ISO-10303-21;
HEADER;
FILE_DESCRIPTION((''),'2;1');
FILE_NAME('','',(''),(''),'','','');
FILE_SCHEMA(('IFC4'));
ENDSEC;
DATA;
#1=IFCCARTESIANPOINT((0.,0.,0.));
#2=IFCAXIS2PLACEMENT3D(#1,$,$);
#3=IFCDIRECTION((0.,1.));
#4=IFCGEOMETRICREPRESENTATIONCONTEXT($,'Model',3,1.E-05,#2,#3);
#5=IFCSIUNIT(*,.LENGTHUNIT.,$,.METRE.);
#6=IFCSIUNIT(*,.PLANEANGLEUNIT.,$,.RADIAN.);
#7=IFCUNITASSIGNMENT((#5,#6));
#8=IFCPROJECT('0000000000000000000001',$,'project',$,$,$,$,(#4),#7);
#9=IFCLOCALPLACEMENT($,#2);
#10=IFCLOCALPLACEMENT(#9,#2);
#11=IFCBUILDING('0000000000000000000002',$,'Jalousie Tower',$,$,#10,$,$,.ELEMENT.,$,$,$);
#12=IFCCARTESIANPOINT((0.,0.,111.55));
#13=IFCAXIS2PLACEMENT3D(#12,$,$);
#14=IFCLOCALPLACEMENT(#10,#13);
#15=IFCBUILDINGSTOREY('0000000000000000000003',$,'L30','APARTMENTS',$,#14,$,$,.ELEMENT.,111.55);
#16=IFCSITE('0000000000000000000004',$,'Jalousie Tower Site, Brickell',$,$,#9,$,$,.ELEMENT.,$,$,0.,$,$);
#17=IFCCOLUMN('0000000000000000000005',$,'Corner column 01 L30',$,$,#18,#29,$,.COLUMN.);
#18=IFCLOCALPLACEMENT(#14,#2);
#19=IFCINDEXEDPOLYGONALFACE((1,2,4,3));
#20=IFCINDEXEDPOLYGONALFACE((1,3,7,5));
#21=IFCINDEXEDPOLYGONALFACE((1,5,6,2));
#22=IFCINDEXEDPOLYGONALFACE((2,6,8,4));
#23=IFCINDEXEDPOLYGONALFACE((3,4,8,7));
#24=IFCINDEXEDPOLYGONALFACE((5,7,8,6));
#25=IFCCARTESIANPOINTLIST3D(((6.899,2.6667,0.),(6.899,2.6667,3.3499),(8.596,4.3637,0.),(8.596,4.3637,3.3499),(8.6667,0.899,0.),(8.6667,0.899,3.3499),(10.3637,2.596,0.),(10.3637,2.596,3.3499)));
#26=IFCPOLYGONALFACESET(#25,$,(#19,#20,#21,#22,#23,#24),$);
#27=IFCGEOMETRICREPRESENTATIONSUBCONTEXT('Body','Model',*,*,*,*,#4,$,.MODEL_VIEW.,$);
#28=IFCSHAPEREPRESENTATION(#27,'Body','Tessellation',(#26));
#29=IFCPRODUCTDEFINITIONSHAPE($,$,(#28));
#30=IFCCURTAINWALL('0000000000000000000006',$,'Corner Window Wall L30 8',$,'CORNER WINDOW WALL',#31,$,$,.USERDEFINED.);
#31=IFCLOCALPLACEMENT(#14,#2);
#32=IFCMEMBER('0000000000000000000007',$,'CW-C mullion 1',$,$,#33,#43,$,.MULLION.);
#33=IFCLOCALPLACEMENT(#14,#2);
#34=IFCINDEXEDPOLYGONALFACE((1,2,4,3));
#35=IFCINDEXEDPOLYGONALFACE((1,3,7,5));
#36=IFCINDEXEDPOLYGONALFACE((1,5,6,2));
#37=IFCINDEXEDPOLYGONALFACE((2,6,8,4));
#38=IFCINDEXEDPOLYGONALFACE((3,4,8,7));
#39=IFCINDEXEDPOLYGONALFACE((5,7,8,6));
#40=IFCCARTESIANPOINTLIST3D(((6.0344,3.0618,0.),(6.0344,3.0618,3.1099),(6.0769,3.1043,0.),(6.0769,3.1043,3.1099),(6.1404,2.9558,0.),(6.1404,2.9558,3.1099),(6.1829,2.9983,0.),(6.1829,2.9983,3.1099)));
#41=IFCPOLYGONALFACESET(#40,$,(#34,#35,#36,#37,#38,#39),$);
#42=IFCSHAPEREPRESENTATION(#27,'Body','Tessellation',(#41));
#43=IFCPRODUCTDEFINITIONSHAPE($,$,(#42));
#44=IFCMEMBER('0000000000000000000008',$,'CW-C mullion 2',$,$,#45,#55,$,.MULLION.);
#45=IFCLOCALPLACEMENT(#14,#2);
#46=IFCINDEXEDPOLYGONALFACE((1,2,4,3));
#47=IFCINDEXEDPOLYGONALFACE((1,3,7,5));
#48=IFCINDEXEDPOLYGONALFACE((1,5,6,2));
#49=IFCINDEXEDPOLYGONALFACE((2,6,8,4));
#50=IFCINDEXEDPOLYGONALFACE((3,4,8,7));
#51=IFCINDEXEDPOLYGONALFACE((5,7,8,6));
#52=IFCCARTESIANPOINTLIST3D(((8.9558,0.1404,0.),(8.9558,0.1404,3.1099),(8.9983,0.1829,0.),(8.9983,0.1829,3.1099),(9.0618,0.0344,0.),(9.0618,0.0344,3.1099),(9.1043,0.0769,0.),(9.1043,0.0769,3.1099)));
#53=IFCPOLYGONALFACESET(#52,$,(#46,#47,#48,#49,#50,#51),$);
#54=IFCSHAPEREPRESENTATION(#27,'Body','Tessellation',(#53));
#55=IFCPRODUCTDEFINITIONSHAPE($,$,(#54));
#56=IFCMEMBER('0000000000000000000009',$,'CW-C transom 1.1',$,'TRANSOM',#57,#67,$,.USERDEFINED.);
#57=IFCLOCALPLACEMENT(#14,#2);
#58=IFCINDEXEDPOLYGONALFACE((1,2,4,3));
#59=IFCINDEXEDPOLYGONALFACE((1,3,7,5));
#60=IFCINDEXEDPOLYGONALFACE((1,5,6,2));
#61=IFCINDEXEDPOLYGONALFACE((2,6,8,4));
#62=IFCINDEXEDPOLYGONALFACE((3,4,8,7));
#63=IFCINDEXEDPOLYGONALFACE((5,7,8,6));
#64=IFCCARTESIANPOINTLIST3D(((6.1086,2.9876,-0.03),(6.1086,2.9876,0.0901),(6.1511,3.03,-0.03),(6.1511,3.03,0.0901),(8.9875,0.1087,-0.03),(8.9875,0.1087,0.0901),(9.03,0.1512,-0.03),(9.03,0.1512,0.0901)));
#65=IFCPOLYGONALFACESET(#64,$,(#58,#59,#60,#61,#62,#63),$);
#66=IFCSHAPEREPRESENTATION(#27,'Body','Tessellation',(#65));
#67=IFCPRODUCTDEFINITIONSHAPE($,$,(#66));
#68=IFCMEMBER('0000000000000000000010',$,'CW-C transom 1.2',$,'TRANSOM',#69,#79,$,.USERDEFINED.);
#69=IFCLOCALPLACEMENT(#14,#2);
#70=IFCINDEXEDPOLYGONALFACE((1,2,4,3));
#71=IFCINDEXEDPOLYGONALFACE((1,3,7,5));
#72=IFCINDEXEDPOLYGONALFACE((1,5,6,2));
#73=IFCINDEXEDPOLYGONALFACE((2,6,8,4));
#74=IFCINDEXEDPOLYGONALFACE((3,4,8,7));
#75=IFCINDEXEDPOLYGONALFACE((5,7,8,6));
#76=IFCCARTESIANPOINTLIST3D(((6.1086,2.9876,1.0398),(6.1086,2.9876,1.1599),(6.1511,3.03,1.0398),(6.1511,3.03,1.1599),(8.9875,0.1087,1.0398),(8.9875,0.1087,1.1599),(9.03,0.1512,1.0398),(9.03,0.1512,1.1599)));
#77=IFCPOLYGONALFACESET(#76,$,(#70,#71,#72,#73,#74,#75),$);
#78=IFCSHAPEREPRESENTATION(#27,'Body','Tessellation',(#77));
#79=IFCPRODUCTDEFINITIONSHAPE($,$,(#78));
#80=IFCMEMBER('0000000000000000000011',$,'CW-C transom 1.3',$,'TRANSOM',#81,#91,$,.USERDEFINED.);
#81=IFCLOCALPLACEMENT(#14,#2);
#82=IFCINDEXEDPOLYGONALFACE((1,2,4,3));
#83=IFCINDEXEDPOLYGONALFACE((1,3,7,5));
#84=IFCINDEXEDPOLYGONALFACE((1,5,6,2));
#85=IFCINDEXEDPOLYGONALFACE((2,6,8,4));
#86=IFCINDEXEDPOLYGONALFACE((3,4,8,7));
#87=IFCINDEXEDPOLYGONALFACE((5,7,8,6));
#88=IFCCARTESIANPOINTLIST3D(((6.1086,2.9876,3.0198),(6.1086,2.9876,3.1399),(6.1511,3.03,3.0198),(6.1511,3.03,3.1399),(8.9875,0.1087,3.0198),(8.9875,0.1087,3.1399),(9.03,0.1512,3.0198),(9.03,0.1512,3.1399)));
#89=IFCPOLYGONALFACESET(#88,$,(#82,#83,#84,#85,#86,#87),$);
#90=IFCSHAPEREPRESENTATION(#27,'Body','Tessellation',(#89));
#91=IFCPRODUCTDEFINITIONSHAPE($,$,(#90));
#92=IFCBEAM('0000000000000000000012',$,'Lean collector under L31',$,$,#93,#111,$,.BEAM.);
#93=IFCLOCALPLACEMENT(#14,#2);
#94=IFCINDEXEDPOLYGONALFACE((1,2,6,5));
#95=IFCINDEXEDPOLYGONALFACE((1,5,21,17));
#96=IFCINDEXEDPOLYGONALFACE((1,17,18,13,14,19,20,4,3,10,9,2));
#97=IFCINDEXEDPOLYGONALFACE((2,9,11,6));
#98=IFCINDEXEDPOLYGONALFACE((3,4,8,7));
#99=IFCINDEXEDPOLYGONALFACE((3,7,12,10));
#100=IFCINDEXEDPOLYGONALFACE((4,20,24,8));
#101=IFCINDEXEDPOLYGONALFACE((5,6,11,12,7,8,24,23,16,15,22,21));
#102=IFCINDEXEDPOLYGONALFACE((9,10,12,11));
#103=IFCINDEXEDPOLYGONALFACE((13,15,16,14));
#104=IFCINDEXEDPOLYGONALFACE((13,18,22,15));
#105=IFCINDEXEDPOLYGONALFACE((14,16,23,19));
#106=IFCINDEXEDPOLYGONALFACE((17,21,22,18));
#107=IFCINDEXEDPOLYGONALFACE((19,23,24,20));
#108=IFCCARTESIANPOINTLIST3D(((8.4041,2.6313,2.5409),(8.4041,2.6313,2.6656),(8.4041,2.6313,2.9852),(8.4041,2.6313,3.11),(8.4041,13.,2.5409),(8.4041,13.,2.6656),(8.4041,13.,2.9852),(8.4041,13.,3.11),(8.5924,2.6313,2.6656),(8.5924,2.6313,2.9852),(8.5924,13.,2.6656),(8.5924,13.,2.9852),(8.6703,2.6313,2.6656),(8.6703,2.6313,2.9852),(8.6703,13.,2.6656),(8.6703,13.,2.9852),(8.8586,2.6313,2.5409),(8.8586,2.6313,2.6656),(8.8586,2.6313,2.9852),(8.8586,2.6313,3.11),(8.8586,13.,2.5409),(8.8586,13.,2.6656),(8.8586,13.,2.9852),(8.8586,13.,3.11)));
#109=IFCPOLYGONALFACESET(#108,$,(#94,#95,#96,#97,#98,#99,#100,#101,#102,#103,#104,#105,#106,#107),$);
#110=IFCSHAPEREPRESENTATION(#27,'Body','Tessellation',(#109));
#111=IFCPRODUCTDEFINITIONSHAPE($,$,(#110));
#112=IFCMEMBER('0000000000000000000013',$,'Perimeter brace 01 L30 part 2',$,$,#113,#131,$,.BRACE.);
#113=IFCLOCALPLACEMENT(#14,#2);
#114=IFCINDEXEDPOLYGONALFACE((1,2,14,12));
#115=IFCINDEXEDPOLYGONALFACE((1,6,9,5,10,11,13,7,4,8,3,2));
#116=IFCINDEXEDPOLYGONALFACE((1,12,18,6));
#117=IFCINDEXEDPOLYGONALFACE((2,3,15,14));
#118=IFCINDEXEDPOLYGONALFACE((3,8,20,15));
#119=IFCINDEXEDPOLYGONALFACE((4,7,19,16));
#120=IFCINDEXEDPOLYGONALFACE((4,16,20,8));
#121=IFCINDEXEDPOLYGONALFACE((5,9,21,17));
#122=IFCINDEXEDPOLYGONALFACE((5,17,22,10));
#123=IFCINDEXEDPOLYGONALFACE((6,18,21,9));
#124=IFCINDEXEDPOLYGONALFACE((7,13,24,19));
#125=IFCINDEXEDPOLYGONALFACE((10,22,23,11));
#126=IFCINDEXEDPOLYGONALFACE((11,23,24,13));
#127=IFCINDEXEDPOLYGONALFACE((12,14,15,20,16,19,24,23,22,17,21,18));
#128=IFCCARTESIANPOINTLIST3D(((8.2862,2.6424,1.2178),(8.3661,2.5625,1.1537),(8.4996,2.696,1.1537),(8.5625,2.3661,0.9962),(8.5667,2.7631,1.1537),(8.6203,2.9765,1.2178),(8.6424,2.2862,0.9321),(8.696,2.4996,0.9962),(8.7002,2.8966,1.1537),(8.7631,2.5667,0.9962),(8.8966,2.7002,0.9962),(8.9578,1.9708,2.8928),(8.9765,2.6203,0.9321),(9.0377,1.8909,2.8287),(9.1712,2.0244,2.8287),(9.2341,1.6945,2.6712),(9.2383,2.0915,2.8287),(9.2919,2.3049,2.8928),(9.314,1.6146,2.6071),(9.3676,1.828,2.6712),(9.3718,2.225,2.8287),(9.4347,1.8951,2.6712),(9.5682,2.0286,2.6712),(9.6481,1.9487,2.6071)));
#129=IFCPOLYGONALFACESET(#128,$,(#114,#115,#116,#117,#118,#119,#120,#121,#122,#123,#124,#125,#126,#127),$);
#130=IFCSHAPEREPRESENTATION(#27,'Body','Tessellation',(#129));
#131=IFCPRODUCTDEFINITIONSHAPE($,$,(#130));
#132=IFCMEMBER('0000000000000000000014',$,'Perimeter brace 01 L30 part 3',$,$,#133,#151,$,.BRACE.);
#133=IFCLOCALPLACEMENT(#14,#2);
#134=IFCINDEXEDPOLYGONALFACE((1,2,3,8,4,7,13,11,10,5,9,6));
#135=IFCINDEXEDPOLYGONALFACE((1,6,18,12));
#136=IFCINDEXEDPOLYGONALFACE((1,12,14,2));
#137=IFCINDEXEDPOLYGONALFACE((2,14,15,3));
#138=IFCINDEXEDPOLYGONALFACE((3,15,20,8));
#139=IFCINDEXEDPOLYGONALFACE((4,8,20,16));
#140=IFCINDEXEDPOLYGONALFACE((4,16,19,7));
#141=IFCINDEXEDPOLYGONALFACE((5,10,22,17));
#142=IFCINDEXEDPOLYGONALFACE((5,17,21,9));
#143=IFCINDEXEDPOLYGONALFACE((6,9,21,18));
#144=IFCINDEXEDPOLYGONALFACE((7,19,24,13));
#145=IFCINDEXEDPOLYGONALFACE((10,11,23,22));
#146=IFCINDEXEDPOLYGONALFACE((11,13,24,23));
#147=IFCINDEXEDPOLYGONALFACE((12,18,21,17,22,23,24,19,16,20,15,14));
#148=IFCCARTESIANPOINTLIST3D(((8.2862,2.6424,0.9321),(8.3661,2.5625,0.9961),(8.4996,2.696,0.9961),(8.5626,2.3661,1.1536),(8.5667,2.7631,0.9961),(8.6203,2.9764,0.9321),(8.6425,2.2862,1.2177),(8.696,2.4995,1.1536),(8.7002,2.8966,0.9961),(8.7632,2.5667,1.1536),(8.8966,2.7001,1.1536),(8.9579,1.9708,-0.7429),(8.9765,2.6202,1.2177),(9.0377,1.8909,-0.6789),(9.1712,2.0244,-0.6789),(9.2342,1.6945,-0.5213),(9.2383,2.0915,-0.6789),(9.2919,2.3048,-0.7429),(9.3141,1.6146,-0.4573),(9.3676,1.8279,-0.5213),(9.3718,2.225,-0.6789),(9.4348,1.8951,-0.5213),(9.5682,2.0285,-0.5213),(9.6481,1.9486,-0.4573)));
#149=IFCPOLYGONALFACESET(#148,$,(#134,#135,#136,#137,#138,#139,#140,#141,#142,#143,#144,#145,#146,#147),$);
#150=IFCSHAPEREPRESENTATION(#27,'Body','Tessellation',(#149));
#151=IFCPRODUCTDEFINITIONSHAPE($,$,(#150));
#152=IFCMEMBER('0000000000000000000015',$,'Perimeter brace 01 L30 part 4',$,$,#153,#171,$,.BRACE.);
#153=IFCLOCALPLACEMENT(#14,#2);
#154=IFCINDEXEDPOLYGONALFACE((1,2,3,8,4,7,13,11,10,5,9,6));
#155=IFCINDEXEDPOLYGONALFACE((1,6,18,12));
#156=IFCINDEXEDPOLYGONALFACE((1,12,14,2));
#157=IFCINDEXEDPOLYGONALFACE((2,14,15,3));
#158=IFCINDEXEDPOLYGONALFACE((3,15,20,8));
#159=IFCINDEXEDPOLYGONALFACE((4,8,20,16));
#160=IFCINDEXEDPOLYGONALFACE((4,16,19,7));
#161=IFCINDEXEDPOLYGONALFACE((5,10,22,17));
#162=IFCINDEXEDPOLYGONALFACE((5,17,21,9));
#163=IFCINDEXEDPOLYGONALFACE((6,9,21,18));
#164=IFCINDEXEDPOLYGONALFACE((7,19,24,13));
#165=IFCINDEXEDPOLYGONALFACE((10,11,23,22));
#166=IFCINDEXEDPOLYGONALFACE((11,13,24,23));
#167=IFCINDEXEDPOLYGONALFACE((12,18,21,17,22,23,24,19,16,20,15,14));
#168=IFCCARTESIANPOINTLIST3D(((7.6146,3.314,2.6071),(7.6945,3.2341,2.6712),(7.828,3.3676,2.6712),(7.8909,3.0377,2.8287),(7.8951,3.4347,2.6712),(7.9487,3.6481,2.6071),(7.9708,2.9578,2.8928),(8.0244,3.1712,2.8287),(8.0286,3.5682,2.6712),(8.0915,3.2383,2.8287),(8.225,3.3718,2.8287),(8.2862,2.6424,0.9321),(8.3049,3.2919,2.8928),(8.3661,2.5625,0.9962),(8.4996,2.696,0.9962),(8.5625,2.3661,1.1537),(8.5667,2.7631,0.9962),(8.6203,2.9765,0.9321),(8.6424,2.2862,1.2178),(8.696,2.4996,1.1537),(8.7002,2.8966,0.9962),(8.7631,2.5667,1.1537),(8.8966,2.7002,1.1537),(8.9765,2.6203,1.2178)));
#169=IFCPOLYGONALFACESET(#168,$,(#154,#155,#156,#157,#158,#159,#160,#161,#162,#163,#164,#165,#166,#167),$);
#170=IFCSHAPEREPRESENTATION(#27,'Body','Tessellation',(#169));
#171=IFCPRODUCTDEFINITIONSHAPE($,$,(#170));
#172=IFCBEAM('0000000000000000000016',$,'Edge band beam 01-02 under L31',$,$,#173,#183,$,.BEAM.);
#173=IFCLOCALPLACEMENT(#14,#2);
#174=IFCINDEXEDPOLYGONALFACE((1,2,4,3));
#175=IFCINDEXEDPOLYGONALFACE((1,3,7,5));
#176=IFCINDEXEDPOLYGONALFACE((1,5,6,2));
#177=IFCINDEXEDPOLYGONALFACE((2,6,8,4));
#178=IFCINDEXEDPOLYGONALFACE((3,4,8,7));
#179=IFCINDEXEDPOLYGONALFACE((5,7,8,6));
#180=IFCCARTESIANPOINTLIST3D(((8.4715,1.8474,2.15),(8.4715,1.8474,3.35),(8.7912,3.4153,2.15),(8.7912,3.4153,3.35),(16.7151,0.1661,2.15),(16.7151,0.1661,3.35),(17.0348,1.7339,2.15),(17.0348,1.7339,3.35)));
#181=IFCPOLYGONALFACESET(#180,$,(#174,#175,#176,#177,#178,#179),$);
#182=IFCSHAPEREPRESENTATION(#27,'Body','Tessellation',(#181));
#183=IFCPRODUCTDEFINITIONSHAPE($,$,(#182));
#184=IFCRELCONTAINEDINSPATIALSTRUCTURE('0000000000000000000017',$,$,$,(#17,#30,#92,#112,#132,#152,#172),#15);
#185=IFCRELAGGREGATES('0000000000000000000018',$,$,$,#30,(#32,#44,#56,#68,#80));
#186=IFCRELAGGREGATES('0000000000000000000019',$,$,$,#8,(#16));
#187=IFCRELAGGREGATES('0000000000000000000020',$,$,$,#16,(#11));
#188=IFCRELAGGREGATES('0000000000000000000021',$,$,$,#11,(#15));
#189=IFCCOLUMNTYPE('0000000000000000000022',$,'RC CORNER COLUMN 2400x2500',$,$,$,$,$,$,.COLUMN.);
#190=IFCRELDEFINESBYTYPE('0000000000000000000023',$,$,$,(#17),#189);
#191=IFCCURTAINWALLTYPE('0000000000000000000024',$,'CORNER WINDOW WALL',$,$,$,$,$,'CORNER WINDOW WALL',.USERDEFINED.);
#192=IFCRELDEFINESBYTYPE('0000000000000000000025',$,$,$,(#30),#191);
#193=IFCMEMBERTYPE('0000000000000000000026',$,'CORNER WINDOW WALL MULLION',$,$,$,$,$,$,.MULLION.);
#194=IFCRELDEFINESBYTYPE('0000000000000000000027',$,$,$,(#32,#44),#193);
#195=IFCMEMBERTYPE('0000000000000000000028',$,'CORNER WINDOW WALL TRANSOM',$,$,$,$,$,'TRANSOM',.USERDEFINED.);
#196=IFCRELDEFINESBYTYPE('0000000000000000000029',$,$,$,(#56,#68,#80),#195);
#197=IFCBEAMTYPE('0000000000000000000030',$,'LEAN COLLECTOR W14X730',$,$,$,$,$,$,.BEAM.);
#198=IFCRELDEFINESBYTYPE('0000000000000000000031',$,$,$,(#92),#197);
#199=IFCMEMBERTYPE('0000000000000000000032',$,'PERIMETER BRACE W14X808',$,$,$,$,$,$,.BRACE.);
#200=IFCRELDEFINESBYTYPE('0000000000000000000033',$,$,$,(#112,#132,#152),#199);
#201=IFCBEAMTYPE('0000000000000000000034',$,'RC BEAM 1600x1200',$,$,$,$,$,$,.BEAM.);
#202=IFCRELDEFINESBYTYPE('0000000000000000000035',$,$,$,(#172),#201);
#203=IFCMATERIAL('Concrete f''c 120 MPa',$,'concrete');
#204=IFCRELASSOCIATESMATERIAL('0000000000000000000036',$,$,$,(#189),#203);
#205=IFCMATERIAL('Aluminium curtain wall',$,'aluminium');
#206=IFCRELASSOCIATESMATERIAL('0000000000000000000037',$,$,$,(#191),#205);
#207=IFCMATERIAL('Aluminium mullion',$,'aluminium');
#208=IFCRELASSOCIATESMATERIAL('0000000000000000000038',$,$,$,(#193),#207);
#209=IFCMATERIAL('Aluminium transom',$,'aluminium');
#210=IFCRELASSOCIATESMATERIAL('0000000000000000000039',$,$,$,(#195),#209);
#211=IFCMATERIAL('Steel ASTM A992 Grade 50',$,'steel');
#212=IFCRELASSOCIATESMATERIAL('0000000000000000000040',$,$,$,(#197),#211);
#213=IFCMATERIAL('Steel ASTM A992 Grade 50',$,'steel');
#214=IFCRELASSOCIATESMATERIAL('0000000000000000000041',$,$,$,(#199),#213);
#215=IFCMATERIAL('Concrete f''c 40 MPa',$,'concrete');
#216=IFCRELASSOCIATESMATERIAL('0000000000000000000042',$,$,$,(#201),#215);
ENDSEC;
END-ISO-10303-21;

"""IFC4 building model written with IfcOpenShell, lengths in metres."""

from ifc_helpers import new_model, si_unit, direction, frame, origin, origin_2d, place, context, subcontext, project, spatial, rectangle, i_section, extrude, material, material_profile, profile_set, type_object, element, aggregate, save


model = new_model("IFC4")

# Units and contexts
model_context = context("Model", 3, precision=1e-05, world=origin(), true_north=direction((0.0, 1.0)))
body_context = subcontext(model_context, "Body", "Model", "MODEL_VIEW")
ifc_project = project(units=[si_unit("LENGTHUNIT", "METRE"), si_unit("PLANEANGLEUNIT", "RADIAN")], contexts=[model_context])

# Site, building, storey
site_placement = place(None, origin())
site = spatial("IfcSite", under=ifc_project, at=site_placement, Name="Jalousie Tower Site, Brickell", CompositionType="ELEMENT", RefElevation=0.0)
building_placement = place(site_placement, origin())
building = spatial("IfcBuilding", under=site, at=building_placement, Name="Jalousie Tower", CompositionType="ELEMENT")
storey_placement = place(building_placement, frame((0.0, 0.0, 111.55)))
storey = spatial("IfcBuildingStorey", under=building, at=storey_placement, Name="L30", Description="APARTMENTS", CompositionType="ELEMENT", Elevation=111.55)

# Column
ifc_material_1 = material(Name="Concrete f'c 120 MPa", Category="concrete")
ifc_material_profile_1 = material_profile(ifc_material_1, rectangle(XDim=2.3999, YDim=2.5, at=origin_2d()), Name="RC 2400x2500")
ifc_profile_set_1 = profile_set([ifc_material_profile_1], Name="Concrete f'c 120 MPa")
column_type = type_object("IfcColumnType", Name="RC CORNER COLUMN 2400x2500", PredefinedType="COLUMN", material=ifc_profile_set_1)
column_placement = place(storey_placement, frame((8.6313, 2.6313, 0.0), z_axis=(0.0, 0.0, 1.0), x_axis=(0.707107, 0.707107, 0.0)))
element("IfcColumn", 1, at=column_placement, inside=storey, type_object=column_type, Name="Corner column 01 L30", PredefinedType="COLUMN", context=body_context, shape_type="SweptSolid", body=[
    extrude(rectangle(XDim=2.3999, YDim=2.5, at=origin_2d()), origin(), (0.0, 0.0, 1.0), 3.3499),
])

# Curtain wall, members
ifc_material_2 = material(Name="Aluminium curtain wall", Category="aluminium")
curtain_wall_type_1 = type_object("IfcCurtainWallType", Name="CORNER WINDOW WALL", ElementType="CORNER WINDOW WALL", PredefinedType="USERDEFINED", material=ifc_material_2)
curtain_wall_1_placement = place(storey_placement, origin())
curtain_wall_1 = element("IfcCurtainWall", 2, at=curtain_wall_1_placement, inside=storey, type_object=curtain_wall_type_1, Name="Corner Window Wall L30 8", ObjectType="CORNER WINDOW WALL", PredefinedType="USERDEFINED")
ifc_material_3 = material(Name="Aluminium mullion", Category="aluminium")
ifc_material_profile_2 = material_profile(ifc_material_3, rectangle(XDim=0.0601, YDim=0.1499, at=origin_2d()), Name="MULLION 60x150")
ifc_profile_set_2 = profile_set([ifc_material_profile_2], Name="Aluminium mullion")
member_type_1 = type_object("IfcMemberType", Name="CORNER WINDOW WALL MULLION", PredefinedType="MULLION", material=ifc_profile_set_2)
member_1_placement = place(storey_placement, frame((6.1086, 3.03, 0.0), z_axis=(0.0, 0.0, 1.0), x_axis=(0.707107, 0.707107, 0.0)))
member_1 = element("IfcMember", 3, at=member_1_placement, type_object=member_type_1, Name="CW-C mullion 1", PredefinedType="MULLION", context=body_context, shape_type="SweptSolid", body=[
    extrude(rectangle(XDim=0.0601, YDim=0.1499, at=origin_2d()), origin(), (0.0, 0.0, 1.0), 3.1099),
])
member_2_placement = place(storey_placement, frame((9.03, 0.1086, 0.0), z_axis=(0.0, 0.0, 1.0), x_axis=(0.707107, 0.707107, 0.0)))
member_2 = element("IfcMember", 4, at=member_2_placement, type_object=member_type_1, Name="CW-C mullion 2", PredefinedType="MULLION", context=body_context, shape_type="SweptSolid", body=[
    extrude(rectangle(XDim=0.0601, YDim=0.1499, at=origin_2d()), origin(), (0.0, 0.0, 1.0), 3.1099),
])
ifc_material_4 = material(Name="Aluminium transom", Category="aluminium")
ifc_material_profile_3 = material_profile(ifc_material_4, rectangle(XDim=0.0601, YDim=0.1201, at=origin_2d()), Name="TRANSOM 60x120")
ifc_profile_set_3 = profile_set([ifc_material_profile_3], Name="Aluminium transom")
member_type_2 = type_object("IfcMemberType", Name="CORNER WINDOW WALL TRANSOM", ElementType="TRANSOM", PredefinedType="USERDEFINED", material=ifc_profile_set_3)
member_3_placement = place(storey_placement, frame((6.1299, 3.0088, 0.03), z_axis=(0.707107, -0.707107, 0.0), x_axis=(0.707107, 0.707107, 0.0)))
member_3 = element("IfcMember", 5, at=member_3_placement, type_object=member_type_2, Name="CW-C transom 1.1", ObjectType="TRANSOM", PredefinedType="USERDEFINED", context=body_context, shape_type="SweptSolid", body=[
    extrude(rectangle(XDim=0.0601, YDim=0.1201, at=origin_2d()), origin(), (0.0, 0.0, 1.0), 4.0713),
])
member_4_placement = place(storey_placement, frame((6.1299, 3.0088, 1.0999), z_axis=(0.707107, -0.707107, 0.0), x_axis=(0.707107, 0.707107, 0.0)))
member_4 = element("IfcMember", 6, at=member_4_placement, type_object=member_type_2, Name="CW-C transom 1.2", ObjectType="TRANSOM", PredefinedType="USERDEFINED", context=body_context, shape_type="SweptSolid", body=[
    extrude(rectangle(XDim=0.0601, YDim=0.1201, at=origin_2d()), origin(), (0.0, 0.0, 1.0), 4.0713),
])
member_5_placement = place(storey_placement, frame((6.1299, 3.0088, 3.0798), z_axis=(0.707107, -0.707107, 0.0), x_axis=(0.707107, 0.707107, 0.0)))
member_5 = element("IfcMember", 7, at=member_5_placement, type_object=member_type_2, Name="CW-C transom 1.3", ObjectType="TRANSOM", PredefinedType="USERDEFINED", context=body_context, shape_type="SweptSolid", body=[
    extrude(rectangle(XDim=0.0601, YDim=0.1201, at=origin_2d()), origin(), (0.0, 0.0, 1.0), 4.0713),
])

# Beam
ifc_material_5 = material(Name="Steel ASTM A992 Grade 50", Category="steel")
ifc_material_profile_4 = material_profile(ifc_material_5, i_section(OverallWidth=0.4546, OverallDepth=0.5691, WebThickness=0.0779, FlangeThickness=0.1248, at=origin_2d()), Name="W14X730")
ifc_profile_set_4 = profile_set([ifc_material_profile_4], Name="Steel ASTM A992 Grade 50")
beam_type_1 = type_object("IfcBeamType", Name="LEAN COLLECTOR W14X730", PredefinedType="BEAM", material=ifc_profile_set_4)
beam_1_placement = place(storey_placement, frame((8.6313, 2.6313, 2.8254), z_axis=(0.0, 1.0, 0.0), x_axis=(-1.0, 0.0, 0.0)))
element("IfcBeam", 8, at=beam_1_placement, inside=storey, type_object=beam_type_1, Name="Lean collector under L31", PredefinedType="BEAM", context=body_context, shape_type="SweptSolid", body=[
    extrude(i_section(OverallWidth=0.4546, OverallDepth=0.5691, WebThickness=0.0779, FlangeThickness=0.1248, at=origin_2d()), origin(), (0.0, 0.0, 1.0), 10.3687),
])

# Members
ifc_material_6 = material(Name="Steel ASTM A992 Grade 50", Category="steel")
ifc_material_profile_5 = material_profile(ifc_material_6, i_section(OverallWidth=0.4724, OverallDepth=0.5791, WebThickness=0.095, FlangeThickness=0.1299, at=origin_2d()), Name="W14X808")
ifc_profile_set_5 = profile_set([ifc_material_profile_5], Name="Steel ASTM A992 Grade 50")
member_type_3 = type_object("IfcMemberType", Name="PERIMETER BRACE W14X808", PredefinedType="BRACE", material=ifc_profile_set_5)
for number, where, z_axis, x_axis, name in (
    (9, (8.6313, 2.6313, 1.075), (0.348789, -0.348789, 0.869881), (0.707107, 0.707107, 0.0), "Perimeter brace 01 L30 part 2"),
    (10, (9.303, 1.9597, -0.6001), (-0.348789, 0.348789, 0.869881), (-0.707107, -0.707107, 0.0), "Perimeter brace 01 L30 part 3"),
    (11, (8.6313, 2.6313, 1.075), (-0.348789, 0.348789, 0.869881), (-0.707107, -0.707107, 0.0), "Perimeter brace 01 L30 part 4"),
):
    element("IfcMember", number, at=place(storey_placement, frame(where, z_axis=z_axis, x_axis=x_axis)), inside=storey, type_object=member_type_3, Name=name, PredefinedType="BRACE", context=body_context, shape_type="SweptSolid", body=[
        extrude(i_section(OverallWidth=0.4724, OverallDepth=0.5791, WebThickness=0.095, FlangeThickness=0.1299, at=origin_2d()), origin(), (0.0, 0.0, 1.0), 1.9255),
    ])

# Beam
ifc_material_7 = material(Name="Concrete f'c 40 MPa", Category="concrete")
ifc_material_profile_6 = material_profile(ifc_material_7, rectangle(XDim=1.6001, YDim=1.2, at=origin_2d()), Name="RC 1600x1200")
ifc_profile_set_6 = profile_set([ifc_material_profile_6], Name="Concrete f'c 40 MPa")
beam_type_2 = type_object("IfcBeamType", Name="RC BEAM 1600x1200", PredefinedType="BEAM", material=ifc_profile_set_6)
beam_2_placement = place(storey_placement, frame((8.6313, 2.6313, 2.75), z_axis=(0.979827, -0.199848, 0.0), x_axis=(0.199848, 0.979827, 0.0)))
element("IfcBeam", 12, at=beam_2_placement, inside=storey, type_object=beam_type_2, Name="Edge band beam 01-02 under L31", PredefinedType="BEAM", context=body_context, shape_type="SweptSolid", body=[
    extrude(rectangle(XDim=1.6001, YDim=1.2, at=origin_2d()), origin(), (0.0, 0.0, 1.0), 8.4133),
])

aggregate(curtain_wall_1, [member_1, member_2, member_3, member_4, member_5])

save(model, "model.ifc")
